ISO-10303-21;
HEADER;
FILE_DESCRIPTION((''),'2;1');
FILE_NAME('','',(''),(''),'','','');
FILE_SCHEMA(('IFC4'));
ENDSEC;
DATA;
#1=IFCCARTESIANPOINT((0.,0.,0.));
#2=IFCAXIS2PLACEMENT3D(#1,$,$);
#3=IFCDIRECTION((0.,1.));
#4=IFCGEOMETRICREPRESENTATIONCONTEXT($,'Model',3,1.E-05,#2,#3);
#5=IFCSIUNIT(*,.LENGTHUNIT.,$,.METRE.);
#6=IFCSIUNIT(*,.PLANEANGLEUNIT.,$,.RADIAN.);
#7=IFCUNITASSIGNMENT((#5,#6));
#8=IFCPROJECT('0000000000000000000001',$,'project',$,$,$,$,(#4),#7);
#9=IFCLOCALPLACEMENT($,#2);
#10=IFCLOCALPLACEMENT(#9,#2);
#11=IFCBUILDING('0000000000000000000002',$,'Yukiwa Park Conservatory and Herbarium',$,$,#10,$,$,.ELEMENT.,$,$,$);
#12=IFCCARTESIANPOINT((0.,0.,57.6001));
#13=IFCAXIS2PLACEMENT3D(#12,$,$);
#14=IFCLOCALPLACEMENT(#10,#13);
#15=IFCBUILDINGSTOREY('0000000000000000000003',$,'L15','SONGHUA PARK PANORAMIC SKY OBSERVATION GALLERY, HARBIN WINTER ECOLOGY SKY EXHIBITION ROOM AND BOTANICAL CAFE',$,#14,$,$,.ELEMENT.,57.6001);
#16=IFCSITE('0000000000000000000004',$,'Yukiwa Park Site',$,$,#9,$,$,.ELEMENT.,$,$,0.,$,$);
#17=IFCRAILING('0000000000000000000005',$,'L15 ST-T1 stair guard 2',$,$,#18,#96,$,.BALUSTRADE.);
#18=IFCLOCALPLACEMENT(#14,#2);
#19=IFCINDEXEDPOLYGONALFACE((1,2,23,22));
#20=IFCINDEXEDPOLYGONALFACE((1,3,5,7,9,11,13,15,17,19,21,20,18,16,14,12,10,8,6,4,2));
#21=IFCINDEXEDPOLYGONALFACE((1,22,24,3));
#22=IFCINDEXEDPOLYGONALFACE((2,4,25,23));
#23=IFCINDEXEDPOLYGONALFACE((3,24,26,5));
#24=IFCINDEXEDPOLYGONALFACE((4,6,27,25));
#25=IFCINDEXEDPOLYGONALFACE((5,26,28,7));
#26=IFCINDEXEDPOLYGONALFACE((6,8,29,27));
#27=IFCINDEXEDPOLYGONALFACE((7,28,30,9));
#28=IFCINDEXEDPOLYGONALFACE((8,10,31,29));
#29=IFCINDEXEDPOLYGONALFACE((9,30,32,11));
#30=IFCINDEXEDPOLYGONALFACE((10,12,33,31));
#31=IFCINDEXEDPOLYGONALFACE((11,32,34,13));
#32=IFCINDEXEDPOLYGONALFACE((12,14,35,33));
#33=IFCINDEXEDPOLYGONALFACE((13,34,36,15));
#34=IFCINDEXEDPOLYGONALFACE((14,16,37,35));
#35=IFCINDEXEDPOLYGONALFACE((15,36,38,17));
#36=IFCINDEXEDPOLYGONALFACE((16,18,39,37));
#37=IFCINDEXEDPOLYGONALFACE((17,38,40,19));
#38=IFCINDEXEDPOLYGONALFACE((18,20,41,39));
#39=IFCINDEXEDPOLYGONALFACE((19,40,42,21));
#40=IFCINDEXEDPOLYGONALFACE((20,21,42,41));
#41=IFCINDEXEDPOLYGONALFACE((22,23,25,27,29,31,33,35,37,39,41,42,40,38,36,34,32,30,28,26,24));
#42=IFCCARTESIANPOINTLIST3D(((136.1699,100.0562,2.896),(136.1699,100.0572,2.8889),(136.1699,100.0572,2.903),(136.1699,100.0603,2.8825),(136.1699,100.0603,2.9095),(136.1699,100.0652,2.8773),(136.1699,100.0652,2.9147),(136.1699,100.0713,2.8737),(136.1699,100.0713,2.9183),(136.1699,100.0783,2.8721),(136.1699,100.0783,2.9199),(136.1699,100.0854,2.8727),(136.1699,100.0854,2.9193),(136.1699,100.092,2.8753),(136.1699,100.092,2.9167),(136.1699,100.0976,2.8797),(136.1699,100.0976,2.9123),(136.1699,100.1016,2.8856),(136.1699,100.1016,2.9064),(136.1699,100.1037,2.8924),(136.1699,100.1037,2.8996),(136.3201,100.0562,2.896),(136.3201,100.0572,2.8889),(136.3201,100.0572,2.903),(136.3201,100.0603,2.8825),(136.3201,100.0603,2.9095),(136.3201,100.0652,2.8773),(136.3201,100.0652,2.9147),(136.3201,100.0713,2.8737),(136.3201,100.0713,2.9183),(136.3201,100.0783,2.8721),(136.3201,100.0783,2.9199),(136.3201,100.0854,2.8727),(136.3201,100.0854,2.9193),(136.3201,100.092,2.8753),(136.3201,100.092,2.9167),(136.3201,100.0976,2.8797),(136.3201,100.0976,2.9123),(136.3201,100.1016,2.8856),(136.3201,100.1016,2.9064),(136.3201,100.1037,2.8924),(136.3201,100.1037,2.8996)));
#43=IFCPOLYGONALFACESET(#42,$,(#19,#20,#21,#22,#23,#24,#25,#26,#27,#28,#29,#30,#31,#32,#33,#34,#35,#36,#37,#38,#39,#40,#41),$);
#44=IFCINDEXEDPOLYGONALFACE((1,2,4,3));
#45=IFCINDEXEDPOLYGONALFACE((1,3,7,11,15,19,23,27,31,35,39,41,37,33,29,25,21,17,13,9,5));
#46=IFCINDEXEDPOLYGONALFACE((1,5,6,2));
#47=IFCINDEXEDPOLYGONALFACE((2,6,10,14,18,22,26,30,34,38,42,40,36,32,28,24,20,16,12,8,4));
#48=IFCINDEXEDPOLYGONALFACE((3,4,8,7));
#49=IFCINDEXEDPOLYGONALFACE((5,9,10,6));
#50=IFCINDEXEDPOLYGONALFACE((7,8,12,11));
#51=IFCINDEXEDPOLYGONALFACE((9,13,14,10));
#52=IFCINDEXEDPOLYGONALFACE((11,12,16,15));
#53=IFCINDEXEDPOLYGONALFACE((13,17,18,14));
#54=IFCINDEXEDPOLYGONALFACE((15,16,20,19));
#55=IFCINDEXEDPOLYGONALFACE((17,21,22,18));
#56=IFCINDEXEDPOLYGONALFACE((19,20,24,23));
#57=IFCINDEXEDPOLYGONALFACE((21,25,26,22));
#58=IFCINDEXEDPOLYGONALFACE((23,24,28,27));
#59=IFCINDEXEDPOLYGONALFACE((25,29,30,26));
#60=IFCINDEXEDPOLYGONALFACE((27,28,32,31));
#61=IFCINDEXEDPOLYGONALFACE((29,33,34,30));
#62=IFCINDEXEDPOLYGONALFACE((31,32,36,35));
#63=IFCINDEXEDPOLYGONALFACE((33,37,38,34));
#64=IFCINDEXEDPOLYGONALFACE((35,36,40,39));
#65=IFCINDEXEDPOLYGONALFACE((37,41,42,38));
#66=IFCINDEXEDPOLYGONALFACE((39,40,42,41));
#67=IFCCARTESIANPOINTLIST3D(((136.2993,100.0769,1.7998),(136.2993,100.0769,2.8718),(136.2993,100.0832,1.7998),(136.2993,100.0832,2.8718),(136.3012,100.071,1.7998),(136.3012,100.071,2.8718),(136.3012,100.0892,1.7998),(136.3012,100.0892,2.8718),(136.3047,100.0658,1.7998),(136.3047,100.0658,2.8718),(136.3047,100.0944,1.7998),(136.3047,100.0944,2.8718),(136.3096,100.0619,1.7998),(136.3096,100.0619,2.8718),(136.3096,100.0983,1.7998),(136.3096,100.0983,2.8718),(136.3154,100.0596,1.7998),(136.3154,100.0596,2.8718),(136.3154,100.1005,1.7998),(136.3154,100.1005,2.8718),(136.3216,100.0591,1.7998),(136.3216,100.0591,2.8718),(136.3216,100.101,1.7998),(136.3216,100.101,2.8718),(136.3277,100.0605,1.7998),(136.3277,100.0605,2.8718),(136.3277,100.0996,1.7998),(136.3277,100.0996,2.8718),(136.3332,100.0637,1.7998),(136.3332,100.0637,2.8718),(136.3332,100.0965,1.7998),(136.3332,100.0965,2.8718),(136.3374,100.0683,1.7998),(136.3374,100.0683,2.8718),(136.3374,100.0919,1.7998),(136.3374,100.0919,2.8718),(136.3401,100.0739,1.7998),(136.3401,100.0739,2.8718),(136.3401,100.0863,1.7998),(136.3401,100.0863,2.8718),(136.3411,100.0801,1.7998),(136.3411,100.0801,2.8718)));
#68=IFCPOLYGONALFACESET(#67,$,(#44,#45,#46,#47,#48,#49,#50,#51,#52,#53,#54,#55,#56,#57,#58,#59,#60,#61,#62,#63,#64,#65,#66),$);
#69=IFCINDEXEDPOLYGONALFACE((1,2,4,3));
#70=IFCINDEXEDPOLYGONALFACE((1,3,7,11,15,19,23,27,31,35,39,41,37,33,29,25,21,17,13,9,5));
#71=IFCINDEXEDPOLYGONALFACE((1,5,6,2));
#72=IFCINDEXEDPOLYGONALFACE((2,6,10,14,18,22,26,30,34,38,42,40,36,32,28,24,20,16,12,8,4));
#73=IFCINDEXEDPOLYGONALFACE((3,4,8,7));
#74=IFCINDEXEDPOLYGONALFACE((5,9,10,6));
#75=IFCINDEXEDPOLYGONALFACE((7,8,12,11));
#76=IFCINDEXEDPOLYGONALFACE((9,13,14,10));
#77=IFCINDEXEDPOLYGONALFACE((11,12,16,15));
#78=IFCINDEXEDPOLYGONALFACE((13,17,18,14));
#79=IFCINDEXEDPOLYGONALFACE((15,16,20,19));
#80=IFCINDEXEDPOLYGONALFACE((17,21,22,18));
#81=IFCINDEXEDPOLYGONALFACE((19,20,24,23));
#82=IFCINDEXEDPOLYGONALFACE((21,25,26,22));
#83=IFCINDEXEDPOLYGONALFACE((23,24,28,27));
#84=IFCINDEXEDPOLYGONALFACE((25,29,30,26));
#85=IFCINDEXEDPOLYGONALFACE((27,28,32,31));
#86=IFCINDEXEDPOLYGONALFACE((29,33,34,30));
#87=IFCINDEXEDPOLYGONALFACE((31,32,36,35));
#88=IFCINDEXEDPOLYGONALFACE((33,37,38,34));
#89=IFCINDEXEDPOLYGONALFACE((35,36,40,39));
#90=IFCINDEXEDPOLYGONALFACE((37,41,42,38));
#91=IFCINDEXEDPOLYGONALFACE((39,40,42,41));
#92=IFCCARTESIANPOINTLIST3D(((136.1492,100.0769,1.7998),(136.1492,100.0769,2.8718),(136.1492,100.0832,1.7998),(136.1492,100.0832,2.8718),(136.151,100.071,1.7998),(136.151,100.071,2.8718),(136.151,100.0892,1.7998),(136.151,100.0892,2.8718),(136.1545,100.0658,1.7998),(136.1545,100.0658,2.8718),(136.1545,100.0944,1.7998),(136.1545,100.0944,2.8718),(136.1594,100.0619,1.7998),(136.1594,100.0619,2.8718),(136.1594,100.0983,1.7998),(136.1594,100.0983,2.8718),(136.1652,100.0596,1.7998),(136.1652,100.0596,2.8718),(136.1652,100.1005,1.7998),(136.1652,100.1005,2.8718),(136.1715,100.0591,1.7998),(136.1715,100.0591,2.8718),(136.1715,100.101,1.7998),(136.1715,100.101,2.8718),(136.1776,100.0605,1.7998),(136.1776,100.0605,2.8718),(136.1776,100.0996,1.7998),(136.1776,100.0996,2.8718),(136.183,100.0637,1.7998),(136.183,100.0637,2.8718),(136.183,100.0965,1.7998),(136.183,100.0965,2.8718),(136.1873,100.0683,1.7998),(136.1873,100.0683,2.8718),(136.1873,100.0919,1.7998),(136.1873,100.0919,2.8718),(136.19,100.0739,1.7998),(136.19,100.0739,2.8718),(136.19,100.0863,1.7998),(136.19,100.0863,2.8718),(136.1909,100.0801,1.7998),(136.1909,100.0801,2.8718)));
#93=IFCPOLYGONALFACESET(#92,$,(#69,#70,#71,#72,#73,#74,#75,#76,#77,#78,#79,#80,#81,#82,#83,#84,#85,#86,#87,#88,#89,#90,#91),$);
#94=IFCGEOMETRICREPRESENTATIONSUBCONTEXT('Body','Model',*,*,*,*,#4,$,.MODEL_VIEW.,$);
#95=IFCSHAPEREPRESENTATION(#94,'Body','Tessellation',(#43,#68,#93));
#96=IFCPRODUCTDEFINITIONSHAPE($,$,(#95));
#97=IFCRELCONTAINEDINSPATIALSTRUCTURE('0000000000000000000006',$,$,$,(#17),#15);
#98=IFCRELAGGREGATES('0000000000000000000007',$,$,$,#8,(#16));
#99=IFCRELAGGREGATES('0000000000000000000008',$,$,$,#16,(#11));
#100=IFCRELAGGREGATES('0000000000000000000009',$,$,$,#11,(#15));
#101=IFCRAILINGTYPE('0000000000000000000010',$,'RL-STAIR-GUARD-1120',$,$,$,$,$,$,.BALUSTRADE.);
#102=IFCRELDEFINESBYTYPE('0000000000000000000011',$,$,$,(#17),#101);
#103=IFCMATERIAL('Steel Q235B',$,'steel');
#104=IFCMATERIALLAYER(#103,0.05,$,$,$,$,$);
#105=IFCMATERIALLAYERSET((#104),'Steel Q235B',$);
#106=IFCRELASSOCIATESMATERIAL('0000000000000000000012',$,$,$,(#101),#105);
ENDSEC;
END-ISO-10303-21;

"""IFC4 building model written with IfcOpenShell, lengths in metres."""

from ifc_helpers import new_model, si_unit, direction, frame, origin, origin_2d, place, context, subcontext, project, spatial, circle, extrude, material, layer, layer_set, type_object, element, save


model = new_model("IFC4")

# Units and contexts
model_context = context("Model", 3, precision=1e-05, world=origin(), true_north=direction((0.0, 1.0)))
body_context = subcontext(model_context, "Body", "Model", "MODEL_VIEW")
ifc_project = project(units=[si_unit("LENGTHUNIT", "METRE"), si_unit("PLANEANGLEUNIT", "RADIAN")], contexts=[model_context])

# Site, building, storey
site_placement = place(None, origin())
site = spatial("IfcSite", under=ifc_project, at=site_placement, Name="Yukiwa Park Site", CompositionType="ELEMENT", RefElevation=0.0)
building_placement = place(site_placement, origin())
building = spatial("IfcBuilding", under=site, at=building_placement, Name="Yukiwa Park Conservatory and Herbarium", CompositionType="ELEMENT")
storey_placement = place(building_placement, frame((0.0, 0.0, 57.6001)))
storey = spatial("IfcBuildingStorey", under=building, at=storey_placement, Name="L15", Description="SONGHUA PARK PANORAMIC SKY OBSERVATION GALLERY, HARBIN WINTER ECOLOGY SKY EXHIBITION ROOM AND BOTANICAL CAFE", CompositionType="ELEMENT", Elevation=57.6001)

# Railing
ifc_material_1 = material(Name="Steel Q235B", Category="steel")
ifc_layer_1 = layer(ifc_material_1, 0.05)
ifc_layer_set_1 = layer_set([ifc_layer_1], Name="Steel Q235B")
railing_type_1 = type_object("IfcRailingType", Name="RL-STAIR-GUARD-1120", PredefinedType="BALUSTRADE", material=ifc_layer_set_1)
railing_1_placement = place(storey_placement, frame((136.3201, 100.0801, 1.7998)))
element("IfcRailing", 1, at=railing_1_placement, inside=storey, type_object=railing_type_1, Name="L15 ST-T1 stair guard 2", PredefinedType="BALUSTRADE", context=body_context, shape_type="SweptSolid", body=[
    extrude(circle(Radius=0.0239, at=origin_2d()), frame((0.0, 0.0, 1.0962), z_axis=(-1.0, 0.0, 0.0), x_axis=(0.0, -1.0, 0.0)), (0.0, 0.0, 1.0), 0.1501),
    extrude(circle(Radius=0.021, at=origin_2d()), origin(), (0.0, 0.0, 1.0), 1.072),
    extrude(circle(Radius=0.021, at=origin_2d()), frame((-0.1501, 0.0, 0.0)), (0.0, 0.0, 1.0), 1.072),
])

save(model, "model.ifc")
